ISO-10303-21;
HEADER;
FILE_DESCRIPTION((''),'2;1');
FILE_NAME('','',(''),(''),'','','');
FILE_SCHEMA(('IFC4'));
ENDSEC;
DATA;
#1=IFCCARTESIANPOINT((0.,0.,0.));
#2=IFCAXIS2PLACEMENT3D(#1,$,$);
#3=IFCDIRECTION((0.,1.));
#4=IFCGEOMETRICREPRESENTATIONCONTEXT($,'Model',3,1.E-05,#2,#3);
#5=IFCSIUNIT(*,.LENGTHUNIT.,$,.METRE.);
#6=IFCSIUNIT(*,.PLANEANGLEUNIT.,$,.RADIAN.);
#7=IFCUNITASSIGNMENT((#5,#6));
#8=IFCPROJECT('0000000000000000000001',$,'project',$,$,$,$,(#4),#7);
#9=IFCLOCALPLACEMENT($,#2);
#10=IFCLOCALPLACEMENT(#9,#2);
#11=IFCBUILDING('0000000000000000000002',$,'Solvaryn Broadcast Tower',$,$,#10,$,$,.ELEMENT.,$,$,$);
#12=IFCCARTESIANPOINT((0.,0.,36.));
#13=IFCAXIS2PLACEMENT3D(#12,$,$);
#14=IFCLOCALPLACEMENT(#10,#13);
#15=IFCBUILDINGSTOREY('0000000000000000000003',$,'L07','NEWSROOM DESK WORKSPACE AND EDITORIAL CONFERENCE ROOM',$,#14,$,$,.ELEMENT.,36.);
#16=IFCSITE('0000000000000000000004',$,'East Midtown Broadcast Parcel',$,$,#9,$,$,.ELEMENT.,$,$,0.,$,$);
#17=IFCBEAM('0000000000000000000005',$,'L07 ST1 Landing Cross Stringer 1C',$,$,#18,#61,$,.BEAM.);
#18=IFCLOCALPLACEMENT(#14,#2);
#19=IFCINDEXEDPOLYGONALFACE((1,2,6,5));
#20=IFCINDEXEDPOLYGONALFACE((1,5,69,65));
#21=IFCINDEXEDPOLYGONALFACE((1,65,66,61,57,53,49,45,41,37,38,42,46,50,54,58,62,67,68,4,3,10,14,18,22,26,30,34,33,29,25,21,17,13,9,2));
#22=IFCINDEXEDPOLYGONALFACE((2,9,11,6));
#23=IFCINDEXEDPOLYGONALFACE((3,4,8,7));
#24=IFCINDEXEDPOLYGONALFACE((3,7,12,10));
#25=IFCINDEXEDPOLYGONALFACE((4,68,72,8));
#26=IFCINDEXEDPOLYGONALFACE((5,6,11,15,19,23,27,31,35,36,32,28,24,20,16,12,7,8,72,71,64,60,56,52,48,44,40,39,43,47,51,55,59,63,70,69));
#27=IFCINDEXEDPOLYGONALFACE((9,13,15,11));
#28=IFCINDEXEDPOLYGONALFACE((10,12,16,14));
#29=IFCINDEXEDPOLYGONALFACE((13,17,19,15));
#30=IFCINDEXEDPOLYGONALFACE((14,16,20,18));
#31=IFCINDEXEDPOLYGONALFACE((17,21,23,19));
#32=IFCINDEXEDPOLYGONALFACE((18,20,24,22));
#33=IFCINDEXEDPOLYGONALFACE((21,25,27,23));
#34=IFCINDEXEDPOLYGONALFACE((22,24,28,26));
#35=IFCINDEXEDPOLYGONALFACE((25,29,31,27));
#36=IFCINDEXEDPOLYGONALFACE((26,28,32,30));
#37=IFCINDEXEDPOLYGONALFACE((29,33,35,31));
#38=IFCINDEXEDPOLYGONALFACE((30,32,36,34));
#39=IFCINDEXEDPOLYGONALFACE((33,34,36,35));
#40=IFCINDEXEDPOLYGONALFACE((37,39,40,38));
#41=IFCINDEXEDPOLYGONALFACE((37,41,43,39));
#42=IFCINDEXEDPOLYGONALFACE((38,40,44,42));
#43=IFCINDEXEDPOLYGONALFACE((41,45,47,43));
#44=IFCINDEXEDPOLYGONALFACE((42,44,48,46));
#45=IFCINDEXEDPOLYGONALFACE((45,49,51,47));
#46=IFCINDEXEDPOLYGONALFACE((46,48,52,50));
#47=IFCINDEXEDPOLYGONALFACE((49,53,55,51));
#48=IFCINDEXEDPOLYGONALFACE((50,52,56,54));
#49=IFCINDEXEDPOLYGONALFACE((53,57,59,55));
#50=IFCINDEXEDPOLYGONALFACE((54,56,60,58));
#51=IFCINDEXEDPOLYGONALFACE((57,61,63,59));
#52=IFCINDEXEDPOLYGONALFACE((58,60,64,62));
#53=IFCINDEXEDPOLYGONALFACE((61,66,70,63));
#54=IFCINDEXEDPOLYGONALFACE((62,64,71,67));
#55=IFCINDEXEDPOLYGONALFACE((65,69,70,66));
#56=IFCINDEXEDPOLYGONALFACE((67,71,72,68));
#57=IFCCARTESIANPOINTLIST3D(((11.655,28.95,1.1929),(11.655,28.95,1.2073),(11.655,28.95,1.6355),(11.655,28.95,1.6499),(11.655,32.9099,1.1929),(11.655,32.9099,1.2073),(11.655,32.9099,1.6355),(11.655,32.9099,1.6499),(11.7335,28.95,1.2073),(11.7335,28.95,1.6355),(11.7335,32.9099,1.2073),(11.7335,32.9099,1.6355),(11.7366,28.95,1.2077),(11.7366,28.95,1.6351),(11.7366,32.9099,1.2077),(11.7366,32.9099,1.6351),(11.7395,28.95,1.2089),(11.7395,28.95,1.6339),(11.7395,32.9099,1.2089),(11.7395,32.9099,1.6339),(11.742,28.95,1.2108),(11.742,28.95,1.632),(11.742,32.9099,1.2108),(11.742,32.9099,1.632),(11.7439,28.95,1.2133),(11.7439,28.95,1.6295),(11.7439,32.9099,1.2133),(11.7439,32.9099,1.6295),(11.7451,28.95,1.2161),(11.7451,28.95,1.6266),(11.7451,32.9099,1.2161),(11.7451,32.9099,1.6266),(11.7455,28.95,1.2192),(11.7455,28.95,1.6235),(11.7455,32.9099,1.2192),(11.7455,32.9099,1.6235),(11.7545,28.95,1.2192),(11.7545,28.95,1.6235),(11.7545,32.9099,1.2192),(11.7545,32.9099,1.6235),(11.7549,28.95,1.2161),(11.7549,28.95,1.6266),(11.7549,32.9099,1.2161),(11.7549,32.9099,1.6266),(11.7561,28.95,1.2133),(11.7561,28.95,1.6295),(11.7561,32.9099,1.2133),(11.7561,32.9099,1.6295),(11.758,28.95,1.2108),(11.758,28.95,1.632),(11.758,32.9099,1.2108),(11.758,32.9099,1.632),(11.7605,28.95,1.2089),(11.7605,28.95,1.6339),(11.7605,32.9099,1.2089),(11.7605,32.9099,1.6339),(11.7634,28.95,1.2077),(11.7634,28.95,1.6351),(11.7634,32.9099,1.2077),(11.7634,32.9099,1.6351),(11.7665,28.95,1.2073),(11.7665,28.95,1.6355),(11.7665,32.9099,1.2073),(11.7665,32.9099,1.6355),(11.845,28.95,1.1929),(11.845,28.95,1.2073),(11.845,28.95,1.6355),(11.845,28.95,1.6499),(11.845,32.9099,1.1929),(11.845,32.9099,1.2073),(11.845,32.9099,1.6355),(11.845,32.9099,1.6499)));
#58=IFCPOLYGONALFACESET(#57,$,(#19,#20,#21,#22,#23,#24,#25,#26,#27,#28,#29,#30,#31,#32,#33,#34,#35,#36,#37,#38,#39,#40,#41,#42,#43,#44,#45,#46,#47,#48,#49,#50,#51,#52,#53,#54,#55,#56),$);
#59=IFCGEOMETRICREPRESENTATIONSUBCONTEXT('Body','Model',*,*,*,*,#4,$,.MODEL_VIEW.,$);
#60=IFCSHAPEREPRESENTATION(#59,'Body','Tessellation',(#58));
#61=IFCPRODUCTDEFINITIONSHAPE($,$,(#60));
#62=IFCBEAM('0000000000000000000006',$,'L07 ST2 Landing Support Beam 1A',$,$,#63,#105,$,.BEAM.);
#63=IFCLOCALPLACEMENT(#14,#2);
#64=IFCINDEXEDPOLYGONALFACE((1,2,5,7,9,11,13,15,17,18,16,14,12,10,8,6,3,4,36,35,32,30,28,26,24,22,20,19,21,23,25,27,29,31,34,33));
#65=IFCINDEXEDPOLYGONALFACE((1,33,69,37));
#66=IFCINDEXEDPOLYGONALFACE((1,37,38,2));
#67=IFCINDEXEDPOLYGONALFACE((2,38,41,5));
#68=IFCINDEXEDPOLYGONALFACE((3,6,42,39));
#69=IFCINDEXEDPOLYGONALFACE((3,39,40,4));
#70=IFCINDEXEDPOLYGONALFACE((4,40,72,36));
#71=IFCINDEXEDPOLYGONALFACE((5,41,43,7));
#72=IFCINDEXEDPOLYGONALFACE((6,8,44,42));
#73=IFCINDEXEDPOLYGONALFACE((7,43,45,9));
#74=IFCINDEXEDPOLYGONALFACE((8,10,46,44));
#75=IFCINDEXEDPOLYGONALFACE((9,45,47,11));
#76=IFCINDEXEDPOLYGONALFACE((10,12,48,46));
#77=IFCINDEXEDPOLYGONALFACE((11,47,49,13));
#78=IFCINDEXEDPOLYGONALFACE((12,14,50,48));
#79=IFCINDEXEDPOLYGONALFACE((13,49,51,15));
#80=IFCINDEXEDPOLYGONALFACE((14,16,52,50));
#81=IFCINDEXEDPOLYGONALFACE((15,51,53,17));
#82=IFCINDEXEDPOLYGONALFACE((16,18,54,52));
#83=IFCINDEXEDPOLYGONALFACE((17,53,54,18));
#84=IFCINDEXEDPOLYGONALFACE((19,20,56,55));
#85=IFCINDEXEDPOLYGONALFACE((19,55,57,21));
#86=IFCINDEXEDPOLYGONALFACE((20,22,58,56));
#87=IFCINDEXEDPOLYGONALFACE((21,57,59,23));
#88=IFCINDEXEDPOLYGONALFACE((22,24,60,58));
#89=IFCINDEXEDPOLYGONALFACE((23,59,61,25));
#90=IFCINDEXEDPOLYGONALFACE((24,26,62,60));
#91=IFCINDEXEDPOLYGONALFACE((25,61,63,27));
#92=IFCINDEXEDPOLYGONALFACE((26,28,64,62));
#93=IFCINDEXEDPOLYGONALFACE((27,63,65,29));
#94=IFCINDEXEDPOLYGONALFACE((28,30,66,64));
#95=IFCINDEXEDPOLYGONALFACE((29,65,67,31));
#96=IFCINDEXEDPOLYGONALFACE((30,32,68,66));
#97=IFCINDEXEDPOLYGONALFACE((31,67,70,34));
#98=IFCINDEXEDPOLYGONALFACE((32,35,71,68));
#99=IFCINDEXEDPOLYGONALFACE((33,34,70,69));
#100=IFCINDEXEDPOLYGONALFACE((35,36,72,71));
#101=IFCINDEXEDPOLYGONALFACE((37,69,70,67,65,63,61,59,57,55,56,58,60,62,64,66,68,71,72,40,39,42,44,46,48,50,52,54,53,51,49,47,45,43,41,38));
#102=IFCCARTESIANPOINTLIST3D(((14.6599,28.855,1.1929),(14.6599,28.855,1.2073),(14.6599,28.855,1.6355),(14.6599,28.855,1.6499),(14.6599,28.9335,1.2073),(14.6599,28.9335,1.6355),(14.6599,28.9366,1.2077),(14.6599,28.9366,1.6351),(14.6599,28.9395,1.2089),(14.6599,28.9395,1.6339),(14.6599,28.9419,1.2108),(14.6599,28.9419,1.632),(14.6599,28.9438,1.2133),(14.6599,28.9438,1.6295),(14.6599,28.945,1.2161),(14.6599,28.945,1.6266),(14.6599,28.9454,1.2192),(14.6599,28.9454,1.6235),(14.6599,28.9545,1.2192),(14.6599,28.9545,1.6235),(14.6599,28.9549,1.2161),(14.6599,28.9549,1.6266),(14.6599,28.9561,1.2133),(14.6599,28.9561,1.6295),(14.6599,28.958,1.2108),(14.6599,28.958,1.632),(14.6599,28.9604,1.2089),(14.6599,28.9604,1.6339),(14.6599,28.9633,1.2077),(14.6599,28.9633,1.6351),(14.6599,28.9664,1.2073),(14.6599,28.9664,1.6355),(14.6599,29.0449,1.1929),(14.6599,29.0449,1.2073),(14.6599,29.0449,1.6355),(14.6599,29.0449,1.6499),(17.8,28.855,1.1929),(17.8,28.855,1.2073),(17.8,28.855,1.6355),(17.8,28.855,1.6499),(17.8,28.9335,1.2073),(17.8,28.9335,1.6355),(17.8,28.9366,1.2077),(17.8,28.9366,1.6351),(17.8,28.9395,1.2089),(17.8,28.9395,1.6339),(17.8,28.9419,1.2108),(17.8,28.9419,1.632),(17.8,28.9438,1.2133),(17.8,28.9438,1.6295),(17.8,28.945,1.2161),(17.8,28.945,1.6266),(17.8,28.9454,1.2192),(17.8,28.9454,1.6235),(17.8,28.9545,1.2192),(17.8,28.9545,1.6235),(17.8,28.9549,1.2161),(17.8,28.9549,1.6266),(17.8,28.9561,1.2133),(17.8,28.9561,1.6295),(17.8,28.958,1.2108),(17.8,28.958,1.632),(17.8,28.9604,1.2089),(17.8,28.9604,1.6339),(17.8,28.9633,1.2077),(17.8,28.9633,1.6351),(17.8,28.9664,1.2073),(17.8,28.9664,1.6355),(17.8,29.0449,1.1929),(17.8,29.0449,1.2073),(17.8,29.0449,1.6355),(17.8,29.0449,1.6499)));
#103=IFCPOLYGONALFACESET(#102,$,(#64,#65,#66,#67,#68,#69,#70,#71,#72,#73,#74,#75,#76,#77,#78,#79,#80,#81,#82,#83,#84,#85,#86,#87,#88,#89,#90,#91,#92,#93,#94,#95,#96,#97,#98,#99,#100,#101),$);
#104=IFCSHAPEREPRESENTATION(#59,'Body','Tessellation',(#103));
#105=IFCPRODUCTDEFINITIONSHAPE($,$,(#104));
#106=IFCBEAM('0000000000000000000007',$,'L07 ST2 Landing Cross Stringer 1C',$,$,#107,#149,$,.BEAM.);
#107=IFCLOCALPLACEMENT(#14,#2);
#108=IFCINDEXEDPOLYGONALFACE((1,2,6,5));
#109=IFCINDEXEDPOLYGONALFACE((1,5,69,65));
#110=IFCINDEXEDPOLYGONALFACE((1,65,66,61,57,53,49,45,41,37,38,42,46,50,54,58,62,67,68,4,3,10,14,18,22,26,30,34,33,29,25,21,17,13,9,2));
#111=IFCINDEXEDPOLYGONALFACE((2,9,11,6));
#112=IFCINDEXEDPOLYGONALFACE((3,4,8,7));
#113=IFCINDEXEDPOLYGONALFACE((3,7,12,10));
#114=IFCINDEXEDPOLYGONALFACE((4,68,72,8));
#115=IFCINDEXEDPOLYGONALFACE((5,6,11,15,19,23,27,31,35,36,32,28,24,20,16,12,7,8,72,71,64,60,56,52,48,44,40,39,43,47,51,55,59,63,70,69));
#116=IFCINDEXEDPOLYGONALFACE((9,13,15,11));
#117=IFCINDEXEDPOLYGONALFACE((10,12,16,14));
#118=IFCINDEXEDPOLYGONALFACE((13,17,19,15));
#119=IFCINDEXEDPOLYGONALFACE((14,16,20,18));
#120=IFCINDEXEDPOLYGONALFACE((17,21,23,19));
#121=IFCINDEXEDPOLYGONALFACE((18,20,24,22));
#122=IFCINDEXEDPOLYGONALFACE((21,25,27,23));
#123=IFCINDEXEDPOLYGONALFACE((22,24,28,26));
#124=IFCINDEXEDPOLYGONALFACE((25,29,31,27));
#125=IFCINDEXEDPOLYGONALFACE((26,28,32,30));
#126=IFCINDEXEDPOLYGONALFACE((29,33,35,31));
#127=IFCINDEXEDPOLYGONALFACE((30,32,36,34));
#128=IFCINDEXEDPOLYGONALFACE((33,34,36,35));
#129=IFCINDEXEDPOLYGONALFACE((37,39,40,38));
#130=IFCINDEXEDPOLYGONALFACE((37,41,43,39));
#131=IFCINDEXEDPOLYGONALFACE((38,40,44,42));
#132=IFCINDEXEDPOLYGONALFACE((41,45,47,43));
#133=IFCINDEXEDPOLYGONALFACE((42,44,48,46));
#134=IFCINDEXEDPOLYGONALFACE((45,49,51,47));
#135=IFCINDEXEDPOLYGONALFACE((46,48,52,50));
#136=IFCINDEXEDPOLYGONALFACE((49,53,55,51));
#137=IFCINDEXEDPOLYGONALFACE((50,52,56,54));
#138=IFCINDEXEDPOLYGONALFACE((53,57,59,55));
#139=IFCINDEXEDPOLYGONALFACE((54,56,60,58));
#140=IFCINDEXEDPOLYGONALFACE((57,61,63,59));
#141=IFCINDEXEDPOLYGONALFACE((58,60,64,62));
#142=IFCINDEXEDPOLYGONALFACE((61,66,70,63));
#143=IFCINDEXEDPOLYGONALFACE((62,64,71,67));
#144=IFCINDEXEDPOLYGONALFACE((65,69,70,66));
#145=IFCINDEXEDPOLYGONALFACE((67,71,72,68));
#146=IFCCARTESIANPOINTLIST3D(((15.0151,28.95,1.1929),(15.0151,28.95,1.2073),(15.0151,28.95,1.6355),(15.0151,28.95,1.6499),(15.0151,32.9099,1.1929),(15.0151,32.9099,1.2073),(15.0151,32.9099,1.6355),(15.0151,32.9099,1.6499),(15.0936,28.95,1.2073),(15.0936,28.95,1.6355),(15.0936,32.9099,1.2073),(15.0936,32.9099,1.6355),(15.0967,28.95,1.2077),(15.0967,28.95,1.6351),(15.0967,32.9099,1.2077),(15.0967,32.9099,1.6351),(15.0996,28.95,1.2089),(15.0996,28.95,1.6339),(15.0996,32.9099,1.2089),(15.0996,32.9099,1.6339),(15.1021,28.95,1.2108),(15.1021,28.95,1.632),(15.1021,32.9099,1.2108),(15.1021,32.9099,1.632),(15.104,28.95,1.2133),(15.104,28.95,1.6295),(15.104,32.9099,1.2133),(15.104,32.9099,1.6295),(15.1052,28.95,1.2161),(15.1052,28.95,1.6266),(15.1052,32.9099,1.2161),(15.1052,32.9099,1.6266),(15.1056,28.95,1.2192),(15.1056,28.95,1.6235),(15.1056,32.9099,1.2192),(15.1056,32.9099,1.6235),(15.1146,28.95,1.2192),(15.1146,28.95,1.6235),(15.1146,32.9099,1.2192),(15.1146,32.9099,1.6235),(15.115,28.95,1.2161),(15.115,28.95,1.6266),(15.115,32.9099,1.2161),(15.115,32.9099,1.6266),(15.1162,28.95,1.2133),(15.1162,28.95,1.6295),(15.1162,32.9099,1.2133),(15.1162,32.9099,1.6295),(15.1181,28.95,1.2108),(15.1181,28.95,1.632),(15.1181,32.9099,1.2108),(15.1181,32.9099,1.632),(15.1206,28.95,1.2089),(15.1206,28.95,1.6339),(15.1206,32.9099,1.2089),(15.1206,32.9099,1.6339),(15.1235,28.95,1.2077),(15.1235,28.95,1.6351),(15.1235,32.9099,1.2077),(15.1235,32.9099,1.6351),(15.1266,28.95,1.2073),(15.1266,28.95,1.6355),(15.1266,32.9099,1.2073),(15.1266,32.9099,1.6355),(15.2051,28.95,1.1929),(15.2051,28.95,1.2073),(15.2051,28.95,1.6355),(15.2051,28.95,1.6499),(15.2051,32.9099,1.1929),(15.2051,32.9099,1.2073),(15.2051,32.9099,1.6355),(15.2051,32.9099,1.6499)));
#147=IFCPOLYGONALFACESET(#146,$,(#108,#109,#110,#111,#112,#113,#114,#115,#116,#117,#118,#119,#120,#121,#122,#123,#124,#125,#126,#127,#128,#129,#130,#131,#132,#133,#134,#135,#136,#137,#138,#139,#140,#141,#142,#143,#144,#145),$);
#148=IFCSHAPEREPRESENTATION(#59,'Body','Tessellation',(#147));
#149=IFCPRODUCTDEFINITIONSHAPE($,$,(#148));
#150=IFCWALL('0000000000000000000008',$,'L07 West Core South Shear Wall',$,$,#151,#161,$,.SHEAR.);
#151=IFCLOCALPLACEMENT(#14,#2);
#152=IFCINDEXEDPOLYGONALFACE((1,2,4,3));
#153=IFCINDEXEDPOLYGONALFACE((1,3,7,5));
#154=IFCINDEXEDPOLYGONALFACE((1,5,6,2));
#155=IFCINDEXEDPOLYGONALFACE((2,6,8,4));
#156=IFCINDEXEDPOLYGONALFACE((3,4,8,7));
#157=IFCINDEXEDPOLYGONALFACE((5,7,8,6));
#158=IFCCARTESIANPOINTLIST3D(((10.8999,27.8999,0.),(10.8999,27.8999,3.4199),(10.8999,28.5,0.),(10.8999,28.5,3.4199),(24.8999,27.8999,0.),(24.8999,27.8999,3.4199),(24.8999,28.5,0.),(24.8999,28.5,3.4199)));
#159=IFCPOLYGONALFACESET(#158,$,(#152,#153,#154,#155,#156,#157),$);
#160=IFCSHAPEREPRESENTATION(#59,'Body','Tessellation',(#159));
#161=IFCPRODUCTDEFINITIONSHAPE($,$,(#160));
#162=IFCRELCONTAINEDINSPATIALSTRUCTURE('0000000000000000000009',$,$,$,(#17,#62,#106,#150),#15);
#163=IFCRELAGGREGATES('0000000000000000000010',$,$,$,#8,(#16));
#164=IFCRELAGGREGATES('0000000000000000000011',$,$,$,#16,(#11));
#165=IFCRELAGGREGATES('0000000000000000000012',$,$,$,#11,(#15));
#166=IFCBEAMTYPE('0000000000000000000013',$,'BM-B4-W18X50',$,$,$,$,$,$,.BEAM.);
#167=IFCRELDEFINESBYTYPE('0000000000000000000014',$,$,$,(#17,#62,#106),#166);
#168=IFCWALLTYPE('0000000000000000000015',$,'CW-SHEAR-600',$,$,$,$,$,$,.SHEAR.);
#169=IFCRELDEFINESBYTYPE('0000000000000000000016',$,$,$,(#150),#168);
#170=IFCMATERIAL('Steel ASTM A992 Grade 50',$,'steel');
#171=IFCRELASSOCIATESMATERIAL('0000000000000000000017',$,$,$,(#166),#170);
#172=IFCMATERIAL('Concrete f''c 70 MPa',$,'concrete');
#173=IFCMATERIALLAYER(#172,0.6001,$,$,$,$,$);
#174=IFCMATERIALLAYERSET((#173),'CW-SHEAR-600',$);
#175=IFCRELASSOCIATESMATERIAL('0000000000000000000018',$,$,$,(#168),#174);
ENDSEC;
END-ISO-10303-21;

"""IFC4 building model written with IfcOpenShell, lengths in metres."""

from ifc_helpers import new_model, si_unit, direction, frame, frame_2d, origin, origin_2d, place, context, subcontext, project, spatial, rectangle, i_section, extrude, material, layer, layer_set, material_profile, profile_set, type_object, element, save


model = new_model("IFC4")

# Units and contexts
model_context = context("Model", 3, precision=1e-05, world=origin(), true_north=direction((0.0, 1.0)))
body_context = subcontext(model_context, "Body", "Model", "MODEL_VIEW")
ifc_project = project(units=[si_unit("LENGTHUNIT", "METRE"), si_unit("PLANEANGLEUNIT", "RADIAN")], contexts=[model_context])

# Site, building, storey
site_placement = place(None, origin())
site = spatial("IfcSite", under=ifc_project, at=site_placement, Name="East Midtown Broadcast Parcel", CompositionType="ELEMENT", RefElevation=0.0)
building_placement = place(site_placement, origin())
building = spatial("IfcBuilding", under=site, at=building_placement, Name="Solvaryn Broadcast Tower", CompositionType="ELEMENT")
storey_placement = place(building_placement, frame((0.0, 0.0, 36.0)))
storey = spatial("IfcBuildingStorey", under=building, at=storey_placement, Name="L07", Description="NEWSROOM DESK WORKSPACE AND EDITORIAL CONFERENCE ROOM", CompositionType="ELEMENT", Elevation=36.0)

# Beams
ifc_material_1 = material(Name="Steel ASTM A992 Grade 50", Category="steel")
ifc_material_profile_1 = material_profile(ifc_material_1, i_section(OverallWidth=0.1899, OverallDepth=0.457, WebThickness=0.009, FlangeThickness=0.0144, FilletRadius=0.012, at=origin_2d()))
ifc_profile_set_1 = profile_set([ifc_material_profile_1], Name="Steel ASTM A992 Grade 50")
beam_type_1 = type_object("IfcBeamType", Name="BM-B4-W18X50", PredefinedType="BEAM", material=ifc_profile_set_1)
beam_1_placement = place(storey_placement, frame((11.75, 28.95, 1.4214), z_axis=(0.0, 1.0, 0.0), x_axis=(-1.0, 0.0, 0.0)))
element("IfcBeam", 1, at=beam_1_placement, inside=storey, type_object=beam_type_1, Name="L07 ST1 Landing Cross Stringer 1C", PredefinedType="BEAM", context=body_context, shape_type="SweptSolid", body=[
    extrude(i_section(OverallWidth=0.1899, OverallDepth=0.457, WebThickness=0.009, FlangeThickness=0.0144, FilletRadius=0.012, at=origin_2d()), origin(), (0.0, 0.0, 1.0), 3.96),
])
beam_2_placement = place(storey_placement, frame((14.6599, 28.95, 1.4214), z_axis=(1.0, 0.0, 0.0), x_axis=(0.0, 1.0, 0.0)))
element("IfcBeam", 2, at=beam_2_placement, inside=storey, type_object=beam_type_1, Name="L07 ST2 Landing Support Beam 1A", PredefinedType="BEAM", context=body_context, shape_type="SweptSolid", body=[
    extrude(i_section(OverallWidth=0.1899, OverallDepth=0.457, WebThickness=0.009, FlangeThickness=0.0144, FilletRadius=0.012, at=origin_2d()), origin(), (0.0, 0.0, 1.0), 3.1401),
])
beam_3_placement = place(storey_placement, frame((15.1101, 28.95, 1.4214), z_axis=(0.0, 1.0, 0.0), x_axis=(-1.0, 0.0, 0.0)))
element("IfcBeam", 3, at=beam_3_placement, inside=storey, type_object=beam_type_1, Name="L07 ST2 Landing Cross Stringer 1C", PredefinedType="BEAM", context=body_context, shape_type="SweptSolid", body=[
    extrude(i_section(OverallWidth=0.1899, OverallDepth=0.457, WebThickness=0.009, FlangeThickness=0.0144, FilletRadius=0.012, at=origin_2d()), origin(), (0.0, 0.0, 1.0), 3.96),
])

# Wall
ifc_material_2 = material(Name="Concrete f'c 70 MPa", Category="concrete")
ifc_layer_1 = layer(ifc_material_2, 0.6001)
ifc_layer_set_1 = layer_set([ifc_layer_1], Name="CW-SHEAR-600")
wall_type_1 = type_object("IfcWallType", Name="CW-SHEAR-600", PredefinedType="SHEAR", material=ifc_layer_set_1)
wall_1_placement = place(storey_placement, frame((10.8999, 28.2, 0.0), z_axis=(0.0, 0.0, 1.0), x_axis=(1.0, 0.0, 0.0)))
element("IfcWall", 4, at=wall_1_placement, inside=storey, type_object=wall_type_1, Name="L07 West Core South Shear Wall", PredefinedType="SHEAR", context=body_context, shape_type="SweptSolid", body=[
    extrude(rectangle(XDim=14.0, YDim=0.6001, at=frame_2d((7.0, 0.0))), origin(), (0.0, 0.0, 1.0), 3.4199),
])

save(model, "model.ifc")
